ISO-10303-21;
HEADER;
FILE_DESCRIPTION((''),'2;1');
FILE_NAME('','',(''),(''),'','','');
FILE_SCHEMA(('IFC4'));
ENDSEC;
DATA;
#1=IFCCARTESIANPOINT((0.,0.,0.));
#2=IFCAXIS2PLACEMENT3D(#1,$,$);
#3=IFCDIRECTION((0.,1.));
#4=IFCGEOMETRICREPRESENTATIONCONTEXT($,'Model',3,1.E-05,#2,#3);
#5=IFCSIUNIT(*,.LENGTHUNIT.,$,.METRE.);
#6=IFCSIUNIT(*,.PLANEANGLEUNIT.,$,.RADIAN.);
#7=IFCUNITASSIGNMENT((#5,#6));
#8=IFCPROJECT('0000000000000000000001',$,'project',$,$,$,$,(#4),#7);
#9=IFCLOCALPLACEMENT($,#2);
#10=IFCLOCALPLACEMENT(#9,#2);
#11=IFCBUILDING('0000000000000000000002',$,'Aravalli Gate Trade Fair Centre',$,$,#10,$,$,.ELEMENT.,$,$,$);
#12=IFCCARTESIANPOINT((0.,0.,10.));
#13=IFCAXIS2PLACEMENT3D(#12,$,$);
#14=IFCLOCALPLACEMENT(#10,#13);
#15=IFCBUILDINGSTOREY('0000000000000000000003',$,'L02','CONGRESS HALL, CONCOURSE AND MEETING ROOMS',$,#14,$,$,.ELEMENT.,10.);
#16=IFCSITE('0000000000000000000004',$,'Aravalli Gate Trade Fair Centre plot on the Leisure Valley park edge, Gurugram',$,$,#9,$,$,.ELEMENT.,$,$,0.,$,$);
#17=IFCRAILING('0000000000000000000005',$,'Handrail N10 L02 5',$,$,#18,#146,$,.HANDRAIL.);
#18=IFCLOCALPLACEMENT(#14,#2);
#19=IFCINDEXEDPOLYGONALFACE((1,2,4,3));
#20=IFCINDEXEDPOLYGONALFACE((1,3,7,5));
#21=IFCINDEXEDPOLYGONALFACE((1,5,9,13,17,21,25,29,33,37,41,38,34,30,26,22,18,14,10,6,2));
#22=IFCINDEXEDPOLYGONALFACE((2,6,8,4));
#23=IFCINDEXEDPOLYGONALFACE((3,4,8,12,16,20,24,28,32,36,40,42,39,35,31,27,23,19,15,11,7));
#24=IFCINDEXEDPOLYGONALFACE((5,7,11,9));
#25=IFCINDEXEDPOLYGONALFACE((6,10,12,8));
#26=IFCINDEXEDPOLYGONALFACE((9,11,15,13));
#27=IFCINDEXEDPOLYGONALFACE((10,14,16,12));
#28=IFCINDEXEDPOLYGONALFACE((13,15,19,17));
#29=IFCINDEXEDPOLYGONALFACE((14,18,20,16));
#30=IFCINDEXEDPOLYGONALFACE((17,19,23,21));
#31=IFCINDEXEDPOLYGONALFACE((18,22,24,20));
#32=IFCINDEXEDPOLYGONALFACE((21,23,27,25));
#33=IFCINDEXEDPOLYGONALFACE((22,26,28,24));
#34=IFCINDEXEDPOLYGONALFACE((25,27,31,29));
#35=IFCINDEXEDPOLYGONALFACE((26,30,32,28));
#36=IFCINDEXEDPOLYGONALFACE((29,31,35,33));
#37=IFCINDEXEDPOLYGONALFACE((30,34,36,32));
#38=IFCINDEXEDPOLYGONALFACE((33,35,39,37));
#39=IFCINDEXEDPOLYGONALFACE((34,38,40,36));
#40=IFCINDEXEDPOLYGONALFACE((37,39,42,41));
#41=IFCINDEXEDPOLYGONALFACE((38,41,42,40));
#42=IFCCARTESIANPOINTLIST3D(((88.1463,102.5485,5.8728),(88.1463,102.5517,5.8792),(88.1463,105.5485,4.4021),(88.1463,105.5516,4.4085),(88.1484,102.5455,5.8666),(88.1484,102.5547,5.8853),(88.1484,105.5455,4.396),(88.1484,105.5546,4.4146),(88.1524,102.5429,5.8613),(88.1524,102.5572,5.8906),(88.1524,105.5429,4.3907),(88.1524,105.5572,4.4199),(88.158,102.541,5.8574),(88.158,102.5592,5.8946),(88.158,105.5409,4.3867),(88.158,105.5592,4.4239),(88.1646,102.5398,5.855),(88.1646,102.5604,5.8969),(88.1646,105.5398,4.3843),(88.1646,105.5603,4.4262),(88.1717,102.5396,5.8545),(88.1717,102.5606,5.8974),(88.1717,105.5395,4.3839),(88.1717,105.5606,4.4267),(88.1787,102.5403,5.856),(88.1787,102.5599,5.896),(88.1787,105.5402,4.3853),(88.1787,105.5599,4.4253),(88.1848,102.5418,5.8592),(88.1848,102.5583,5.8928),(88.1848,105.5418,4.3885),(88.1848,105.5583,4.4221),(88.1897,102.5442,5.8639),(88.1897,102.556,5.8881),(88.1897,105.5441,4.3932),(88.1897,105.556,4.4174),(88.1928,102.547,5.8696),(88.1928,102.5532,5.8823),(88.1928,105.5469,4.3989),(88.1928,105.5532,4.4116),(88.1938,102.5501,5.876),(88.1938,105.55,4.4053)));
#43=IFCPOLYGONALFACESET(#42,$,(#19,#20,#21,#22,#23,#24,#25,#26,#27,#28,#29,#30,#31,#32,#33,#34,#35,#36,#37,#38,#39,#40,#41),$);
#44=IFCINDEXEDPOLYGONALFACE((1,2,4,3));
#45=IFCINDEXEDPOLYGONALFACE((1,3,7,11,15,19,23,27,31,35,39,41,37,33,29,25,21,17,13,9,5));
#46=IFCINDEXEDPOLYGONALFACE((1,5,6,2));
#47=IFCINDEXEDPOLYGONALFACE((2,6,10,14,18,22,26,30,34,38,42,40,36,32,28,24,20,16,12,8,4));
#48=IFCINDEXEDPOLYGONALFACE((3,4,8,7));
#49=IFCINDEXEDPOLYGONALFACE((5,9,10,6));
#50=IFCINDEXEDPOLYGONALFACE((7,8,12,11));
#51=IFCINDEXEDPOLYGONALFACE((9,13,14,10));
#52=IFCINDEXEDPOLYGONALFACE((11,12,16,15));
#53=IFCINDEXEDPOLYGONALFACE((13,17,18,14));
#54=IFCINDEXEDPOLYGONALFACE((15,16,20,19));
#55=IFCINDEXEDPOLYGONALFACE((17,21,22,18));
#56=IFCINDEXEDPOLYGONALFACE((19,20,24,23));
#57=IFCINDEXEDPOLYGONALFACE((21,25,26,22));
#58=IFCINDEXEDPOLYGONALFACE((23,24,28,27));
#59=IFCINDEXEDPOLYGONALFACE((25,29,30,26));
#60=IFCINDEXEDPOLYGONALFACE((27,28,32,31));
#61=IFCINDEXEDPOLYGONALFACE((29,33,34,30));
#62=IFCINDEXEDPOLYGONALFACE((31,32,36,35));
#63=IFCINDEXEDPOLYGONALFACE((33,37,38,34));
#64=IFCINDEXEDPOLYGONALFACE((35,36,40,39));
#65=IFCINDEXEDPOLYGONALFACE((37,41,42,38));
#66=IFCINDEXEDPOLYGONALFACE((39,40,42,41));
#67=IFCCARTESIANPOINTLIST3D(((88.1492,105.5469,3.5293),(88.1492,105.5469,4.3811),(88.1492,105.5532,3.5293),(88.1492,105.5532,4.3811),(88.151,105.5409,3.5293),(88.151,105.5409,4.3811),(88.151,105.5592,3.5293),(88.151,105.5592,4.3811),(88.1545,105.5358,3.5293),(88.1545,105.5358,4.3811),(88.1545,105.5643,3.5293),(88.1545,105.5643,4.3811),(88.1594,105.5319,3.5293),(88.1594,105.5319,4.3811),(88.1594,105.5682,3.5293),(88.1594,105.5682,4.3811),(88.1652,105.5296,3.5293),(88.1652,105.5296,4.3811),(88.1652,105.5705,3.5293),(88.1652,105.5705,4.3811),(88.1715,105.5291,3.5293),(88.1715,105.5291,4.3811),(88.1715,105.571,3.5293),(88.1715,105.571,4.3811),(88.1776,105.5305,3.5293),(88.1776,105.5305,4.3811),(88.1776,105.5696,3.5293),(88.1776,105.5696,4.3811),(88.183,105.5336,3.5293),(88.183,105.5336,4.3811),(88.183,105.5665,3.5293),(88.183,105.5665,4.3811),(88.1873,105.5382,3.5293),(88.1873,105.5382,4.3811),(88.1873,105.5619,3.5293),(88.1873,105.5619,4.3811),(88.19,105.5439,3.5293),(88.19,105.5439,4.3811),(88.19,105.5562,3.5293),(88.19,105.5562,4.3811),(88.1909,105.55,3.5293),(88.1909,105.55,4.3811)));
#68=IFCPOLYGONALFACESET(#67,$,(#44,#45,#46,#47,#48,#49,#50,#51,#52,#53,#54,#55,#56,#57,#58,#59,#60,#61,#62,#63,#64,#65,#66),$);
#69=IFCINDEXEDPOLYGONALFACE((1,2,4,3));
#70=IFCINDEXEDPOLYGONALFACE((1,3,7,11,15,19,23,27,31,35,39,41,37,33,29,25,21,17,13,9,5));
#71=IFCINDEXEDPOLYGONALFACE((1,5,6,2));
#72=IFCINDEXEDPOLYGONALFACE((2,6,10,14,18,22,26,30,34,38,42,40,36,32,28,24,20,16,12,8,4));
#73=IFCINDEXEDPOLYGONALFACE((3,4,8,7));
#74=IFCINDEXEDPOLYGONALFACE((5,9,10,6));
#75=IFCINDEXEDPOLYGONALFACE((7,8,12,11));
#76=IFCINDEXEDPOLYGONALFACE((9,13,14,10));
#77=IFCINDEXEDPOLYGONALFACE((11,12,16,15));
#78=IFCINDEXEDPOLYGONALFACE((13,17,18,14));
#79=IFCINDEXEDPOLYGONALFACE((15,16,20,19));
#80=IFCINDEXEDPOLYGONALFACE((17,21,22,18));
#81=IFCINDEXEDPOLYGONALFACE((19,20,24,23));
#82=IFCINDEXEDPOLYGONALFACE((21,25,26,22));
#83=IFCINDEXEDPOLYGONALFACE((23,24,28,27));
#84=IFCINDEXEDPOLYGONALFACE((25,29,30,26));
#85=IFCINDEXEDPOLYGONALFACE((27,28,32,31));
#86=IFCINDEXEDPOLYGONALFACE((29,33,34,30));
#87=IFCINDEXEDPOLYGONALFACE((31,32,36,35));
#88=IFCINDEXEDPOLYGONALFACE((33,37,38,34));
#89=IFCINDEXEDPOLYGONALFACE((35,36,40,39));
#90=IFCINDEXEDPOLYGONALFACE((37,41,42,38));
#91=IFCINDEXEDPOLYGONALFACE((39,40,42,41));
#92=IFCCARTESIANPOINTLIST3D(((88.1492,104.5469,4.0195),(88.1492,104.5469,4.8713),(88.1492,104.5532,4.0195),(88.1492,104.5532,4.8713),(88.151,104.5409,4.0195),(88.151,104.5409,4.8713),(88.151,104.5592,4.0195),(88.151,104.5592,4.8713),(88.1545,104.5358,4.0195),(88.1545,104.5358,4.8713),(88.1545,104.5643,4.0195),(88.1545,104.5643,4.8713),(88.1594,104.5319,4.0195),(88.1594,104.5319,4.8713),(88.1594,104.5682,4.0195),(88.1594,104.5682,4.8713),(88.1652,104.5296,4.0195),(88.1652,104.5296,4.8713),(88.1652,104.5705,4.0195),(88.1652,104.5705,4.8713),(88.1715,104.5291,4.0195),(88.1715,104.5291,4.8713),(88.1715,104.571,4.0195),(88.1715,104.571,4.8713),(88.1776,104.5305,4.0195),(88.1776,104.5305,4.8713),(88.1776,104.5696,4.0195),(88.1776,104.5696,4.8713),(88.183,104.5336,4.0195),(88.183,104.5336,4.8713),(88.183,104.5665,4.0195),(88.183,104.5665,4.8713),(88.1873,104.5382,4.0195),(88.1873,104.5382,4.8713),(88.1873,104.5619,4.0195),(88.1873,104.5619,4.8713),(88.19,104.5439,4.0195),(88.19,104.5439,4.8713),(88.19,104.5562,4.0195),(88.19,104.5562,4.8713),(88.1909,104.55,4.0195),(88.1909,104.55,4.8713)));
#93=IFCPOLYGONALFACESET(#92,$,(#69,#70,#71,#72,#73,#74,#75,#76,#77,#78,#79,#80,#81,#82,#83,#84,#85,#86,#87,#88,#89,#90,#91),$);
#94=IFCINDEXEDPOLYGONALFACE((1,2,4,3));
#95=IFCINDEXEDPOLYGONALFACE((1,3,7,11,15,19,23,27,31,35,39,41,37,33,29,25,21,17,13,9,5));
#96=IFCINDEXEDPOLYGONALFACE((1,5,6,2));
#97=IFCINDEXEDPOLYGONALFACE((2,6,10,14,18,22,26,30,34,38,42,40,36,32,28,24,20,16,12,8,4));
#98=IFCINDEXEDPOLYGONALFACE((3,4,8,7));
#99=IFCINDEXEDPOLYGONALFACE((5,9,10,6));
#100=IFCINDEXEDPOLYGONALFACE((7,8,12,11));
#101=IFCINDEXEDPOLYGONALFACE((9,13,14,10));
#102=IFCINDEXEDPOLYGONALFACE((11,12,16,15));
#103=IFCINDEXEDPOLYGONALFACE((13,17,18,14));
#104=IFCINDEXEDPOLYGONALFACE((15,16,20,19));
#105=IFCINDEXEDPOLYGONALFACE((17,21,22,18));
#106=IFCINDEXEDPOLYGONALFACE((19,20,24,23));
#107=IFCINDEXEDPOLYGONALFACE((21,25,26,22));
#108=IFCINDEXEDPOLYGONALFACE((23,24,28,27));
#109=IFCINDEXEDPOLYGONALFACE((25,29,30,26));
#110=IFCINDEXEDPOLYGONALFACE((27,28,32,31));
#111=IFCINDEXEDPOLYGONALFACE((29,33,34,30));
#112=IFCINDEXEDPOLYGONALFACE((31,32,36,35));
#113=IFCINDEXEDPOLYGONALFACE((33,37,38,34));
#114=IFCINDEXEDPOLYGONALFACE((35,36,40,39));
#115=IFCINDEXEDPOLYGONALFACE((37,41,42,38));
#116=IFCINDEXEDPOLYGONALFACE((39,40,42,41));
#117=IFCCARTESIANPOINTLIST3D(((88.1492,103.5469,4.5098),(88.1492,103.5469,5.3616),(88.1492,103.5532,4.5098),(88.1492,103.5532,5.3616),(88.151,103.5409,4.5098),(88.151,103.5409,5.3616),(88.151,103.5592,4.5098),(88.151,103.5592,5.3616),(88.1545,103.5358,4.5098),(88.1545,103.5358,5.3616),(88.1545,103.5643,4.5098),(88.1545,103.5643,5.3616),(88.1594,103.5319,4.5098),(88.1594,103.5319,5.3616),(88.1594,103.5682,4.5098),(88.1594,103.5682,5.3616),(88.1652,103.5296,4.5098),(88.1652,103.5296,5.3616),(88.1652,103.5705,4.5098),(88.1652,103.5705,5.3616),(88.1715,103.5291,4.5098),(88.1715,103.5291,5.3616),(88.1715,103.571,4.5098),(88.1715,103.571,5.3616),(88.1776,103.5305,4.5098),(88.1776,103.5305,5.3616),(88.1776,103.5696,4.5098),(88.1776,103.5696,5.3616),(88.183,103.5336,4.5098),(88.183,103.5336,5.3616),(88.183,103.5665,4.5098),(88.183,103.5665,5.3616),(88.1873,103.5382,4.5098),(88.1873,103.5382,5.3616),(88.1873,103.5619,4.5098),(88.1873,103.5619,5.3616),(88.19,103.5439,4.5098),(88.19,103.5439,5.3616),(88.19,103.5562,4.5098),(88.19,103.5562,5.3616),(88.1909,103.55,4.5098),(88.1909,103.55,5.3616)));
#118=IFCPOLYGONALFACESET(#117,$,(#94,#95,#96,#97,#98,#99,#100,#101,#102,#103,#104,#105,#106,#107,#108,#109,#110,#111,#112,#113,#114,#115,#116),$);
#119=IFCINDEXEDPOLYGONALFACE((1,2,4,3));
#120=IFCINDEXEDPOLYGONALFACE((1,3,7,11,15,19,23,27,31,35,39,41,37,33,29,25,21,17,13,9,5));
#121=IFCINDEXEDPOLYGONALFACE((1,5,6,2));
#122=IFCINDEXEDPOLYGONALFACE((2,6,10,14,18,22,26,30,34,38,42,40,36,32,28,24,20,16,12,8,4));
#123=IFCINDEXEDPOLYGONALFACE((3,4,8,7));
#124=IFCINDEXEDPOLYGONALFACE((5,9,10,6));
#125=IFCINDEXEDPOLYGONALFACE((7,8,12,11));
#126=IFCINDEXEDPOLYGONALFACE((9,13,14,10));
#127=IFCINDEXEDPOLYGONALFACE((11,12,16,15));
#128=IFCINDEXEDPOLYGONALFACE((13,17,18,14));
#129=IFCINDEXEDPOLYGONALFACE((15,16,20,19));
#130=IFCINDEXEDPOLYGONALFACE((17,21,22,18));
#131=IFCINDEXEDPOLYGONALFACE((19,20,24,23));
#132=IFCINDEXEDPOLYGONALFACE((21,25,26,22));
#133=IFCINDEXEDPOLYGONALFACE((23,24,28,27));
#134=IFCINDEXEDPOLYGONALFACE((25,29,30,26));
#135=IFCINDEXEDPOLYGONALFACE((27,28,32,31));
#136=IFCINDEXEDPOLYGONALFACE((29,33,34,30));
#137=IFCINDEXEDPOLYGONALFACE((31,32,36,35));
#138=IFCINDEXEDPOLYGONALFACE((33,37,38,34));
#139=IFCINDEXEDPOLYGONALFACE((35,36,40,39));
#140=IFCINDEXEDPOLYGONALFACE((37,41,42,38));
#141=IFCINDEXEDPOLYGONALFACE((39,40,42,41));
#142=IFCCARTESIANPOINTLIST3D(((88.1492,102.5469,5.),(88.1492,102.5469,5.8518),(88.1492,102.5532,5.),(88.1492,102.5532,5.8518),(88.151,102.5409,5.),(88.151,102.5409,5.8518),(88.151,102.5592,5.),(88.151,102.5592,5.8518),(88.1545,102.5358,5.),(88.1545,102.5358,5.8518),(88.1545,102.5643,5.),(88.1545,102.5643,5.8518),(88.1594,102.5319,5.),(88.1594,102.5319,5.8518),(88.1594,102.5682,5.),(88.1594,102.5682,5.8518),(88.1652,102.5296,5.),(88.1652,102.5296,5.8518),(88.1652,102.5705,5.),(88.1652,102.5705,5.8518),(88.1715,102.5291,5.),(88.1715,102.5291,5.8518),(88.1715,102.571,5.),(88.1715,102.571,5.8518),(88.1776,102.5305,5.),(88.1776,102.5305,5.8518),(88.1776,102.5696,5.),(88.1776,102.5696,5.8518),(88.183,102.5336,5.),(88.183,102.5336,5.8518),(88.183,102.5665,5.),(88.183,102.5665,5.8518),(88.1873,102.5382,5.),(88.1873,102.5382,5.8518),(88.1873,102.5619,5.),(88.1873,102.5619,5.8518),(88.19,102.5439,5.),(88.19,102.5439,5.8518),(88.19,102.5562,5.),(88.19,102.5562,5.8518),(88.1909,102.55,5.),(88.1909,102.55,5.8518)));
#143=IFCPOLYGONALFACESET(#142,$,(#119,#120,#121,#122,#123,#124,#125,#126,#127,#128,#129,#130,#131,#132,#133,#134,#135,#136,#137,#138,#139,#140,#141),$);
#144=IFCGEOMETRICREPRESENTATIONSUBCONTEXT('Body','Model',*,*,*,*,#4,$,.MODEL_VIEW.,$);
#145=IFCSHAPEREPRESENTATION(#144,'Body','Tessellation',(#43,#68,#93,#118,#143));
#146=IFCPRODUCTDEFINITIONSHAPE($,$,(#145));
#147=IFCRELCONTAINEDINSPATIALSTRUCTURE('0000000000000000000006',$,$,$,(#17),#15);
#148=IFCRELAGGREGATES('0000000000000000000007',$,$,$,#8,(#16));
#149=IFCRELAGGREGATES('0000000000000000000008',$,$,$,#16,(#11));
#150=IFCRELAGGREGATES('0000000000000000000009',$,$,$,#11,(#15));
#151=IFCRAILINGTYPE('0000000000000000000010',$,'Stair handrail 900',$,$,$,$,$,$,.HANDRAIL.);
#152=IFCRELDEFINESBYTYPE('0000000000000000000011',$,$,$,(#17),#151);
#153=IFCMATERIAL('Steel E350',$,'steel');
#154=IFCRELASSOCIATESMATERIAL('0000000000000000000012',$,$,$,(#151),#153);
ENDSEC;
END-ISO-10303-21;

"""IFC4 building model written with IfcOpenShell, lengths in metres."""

from ifc_helpers import new_model, si_unit, direction, frame, origin, origin_2d, place, context, subcontext, project, spatial, circle, extrude, material, type_object, element, save


model = new_model("IFC4")

# Units and contexts
model_context = context("Model", 3, precision=1e-05, world=origin(), true_north=direction((0.0, 1.0)))
body_context = subcontext(model_context, "Body", "Model", "MODEL_VIEW")
ifc_project = project(units=[si_unit("LENGTHUNIT", "METRE"), si_unit("PLANEANGLEUNIT", "RADIAN")], contexts=[model_context])

# Site, building, storey
site_placement = place(None, origin())
site = spatial("IfcSite", under=ifc_project, at=site_placement, Name="Aravalli Gate Trade Fair Centre plot on the Leisure Valley park edge, Gurugram", CompositionType="ELEMENT", RefElevation=0.0)
building_placement = place(site_placement, origin())
building = spatial("IfcBuilding", under=site, at=building_placement, Name="Aravalli Gate Trade Fair Centre", CompositionType="ELEMENT")
storey_placement = place(building_placement, frame((0.0, 0.0, 10.0)))
storey = spatial("IfcBuildingStorey", under=building, at=storey_placement, Name="L02", Description="CONGRESS HALL, CONCOURSE AND MEETING ROOMS", CompositionType="ELEMENT", Elevation=10.0)

# Shared definitions
ifc_material_1 = material(Name="Steel E350", Category="steel")

# Railing
railing_type_1 = type_object("IfcRailingType", Name="Stair handrail 900", PredefinedType="HANDRAIL", material=ifc_material_1)
for number, where, name in (
    (1, (88.1699, 105.55, 3.5293), "Handrail N10 L02 5"),
):
    element("IfcRailing", number, at=place(storey_placement, frame(where)), inside=storey, type_object=railing_type_1, Name=name, PredefinedType="HANDRAIL", context=body_context, shape_type="SweptSolid", body=[
        extrude(circle(Radius=0.0239, at=origin_2d()), frame((0.0, 0.0, 0.876), z_axis=(0.0, -0.897907, 0.440185), x_axis=(1.0, 0.0, 0.0)), (0.0, 0.0, 1.0), 3.3411),
        extrude(circle(Radius=0.021, at=origin_2d()), origin(), (0.0, 0.0, 1.0), 0.8518),
        extrude(circle(Radius=0.021, at=origin_2d()), frame((0.0, -1.0, 0.4902)), (0.0, 0.0, 1.0), 0.8518),
        extrude(circle(Radius=0.021, at=origin_2d()), frame((0.0, -2.0, 0.9805)), (0.0, 0.0, 1.0), 0.8518),
        extrude(circle(Radius=0.021, at=origin_2d()), frame((0.0, -3.0, 1.4707)), (0.0, 0.0, 1.0), 0.8518),
    ])

save(model, "model.ifc")
